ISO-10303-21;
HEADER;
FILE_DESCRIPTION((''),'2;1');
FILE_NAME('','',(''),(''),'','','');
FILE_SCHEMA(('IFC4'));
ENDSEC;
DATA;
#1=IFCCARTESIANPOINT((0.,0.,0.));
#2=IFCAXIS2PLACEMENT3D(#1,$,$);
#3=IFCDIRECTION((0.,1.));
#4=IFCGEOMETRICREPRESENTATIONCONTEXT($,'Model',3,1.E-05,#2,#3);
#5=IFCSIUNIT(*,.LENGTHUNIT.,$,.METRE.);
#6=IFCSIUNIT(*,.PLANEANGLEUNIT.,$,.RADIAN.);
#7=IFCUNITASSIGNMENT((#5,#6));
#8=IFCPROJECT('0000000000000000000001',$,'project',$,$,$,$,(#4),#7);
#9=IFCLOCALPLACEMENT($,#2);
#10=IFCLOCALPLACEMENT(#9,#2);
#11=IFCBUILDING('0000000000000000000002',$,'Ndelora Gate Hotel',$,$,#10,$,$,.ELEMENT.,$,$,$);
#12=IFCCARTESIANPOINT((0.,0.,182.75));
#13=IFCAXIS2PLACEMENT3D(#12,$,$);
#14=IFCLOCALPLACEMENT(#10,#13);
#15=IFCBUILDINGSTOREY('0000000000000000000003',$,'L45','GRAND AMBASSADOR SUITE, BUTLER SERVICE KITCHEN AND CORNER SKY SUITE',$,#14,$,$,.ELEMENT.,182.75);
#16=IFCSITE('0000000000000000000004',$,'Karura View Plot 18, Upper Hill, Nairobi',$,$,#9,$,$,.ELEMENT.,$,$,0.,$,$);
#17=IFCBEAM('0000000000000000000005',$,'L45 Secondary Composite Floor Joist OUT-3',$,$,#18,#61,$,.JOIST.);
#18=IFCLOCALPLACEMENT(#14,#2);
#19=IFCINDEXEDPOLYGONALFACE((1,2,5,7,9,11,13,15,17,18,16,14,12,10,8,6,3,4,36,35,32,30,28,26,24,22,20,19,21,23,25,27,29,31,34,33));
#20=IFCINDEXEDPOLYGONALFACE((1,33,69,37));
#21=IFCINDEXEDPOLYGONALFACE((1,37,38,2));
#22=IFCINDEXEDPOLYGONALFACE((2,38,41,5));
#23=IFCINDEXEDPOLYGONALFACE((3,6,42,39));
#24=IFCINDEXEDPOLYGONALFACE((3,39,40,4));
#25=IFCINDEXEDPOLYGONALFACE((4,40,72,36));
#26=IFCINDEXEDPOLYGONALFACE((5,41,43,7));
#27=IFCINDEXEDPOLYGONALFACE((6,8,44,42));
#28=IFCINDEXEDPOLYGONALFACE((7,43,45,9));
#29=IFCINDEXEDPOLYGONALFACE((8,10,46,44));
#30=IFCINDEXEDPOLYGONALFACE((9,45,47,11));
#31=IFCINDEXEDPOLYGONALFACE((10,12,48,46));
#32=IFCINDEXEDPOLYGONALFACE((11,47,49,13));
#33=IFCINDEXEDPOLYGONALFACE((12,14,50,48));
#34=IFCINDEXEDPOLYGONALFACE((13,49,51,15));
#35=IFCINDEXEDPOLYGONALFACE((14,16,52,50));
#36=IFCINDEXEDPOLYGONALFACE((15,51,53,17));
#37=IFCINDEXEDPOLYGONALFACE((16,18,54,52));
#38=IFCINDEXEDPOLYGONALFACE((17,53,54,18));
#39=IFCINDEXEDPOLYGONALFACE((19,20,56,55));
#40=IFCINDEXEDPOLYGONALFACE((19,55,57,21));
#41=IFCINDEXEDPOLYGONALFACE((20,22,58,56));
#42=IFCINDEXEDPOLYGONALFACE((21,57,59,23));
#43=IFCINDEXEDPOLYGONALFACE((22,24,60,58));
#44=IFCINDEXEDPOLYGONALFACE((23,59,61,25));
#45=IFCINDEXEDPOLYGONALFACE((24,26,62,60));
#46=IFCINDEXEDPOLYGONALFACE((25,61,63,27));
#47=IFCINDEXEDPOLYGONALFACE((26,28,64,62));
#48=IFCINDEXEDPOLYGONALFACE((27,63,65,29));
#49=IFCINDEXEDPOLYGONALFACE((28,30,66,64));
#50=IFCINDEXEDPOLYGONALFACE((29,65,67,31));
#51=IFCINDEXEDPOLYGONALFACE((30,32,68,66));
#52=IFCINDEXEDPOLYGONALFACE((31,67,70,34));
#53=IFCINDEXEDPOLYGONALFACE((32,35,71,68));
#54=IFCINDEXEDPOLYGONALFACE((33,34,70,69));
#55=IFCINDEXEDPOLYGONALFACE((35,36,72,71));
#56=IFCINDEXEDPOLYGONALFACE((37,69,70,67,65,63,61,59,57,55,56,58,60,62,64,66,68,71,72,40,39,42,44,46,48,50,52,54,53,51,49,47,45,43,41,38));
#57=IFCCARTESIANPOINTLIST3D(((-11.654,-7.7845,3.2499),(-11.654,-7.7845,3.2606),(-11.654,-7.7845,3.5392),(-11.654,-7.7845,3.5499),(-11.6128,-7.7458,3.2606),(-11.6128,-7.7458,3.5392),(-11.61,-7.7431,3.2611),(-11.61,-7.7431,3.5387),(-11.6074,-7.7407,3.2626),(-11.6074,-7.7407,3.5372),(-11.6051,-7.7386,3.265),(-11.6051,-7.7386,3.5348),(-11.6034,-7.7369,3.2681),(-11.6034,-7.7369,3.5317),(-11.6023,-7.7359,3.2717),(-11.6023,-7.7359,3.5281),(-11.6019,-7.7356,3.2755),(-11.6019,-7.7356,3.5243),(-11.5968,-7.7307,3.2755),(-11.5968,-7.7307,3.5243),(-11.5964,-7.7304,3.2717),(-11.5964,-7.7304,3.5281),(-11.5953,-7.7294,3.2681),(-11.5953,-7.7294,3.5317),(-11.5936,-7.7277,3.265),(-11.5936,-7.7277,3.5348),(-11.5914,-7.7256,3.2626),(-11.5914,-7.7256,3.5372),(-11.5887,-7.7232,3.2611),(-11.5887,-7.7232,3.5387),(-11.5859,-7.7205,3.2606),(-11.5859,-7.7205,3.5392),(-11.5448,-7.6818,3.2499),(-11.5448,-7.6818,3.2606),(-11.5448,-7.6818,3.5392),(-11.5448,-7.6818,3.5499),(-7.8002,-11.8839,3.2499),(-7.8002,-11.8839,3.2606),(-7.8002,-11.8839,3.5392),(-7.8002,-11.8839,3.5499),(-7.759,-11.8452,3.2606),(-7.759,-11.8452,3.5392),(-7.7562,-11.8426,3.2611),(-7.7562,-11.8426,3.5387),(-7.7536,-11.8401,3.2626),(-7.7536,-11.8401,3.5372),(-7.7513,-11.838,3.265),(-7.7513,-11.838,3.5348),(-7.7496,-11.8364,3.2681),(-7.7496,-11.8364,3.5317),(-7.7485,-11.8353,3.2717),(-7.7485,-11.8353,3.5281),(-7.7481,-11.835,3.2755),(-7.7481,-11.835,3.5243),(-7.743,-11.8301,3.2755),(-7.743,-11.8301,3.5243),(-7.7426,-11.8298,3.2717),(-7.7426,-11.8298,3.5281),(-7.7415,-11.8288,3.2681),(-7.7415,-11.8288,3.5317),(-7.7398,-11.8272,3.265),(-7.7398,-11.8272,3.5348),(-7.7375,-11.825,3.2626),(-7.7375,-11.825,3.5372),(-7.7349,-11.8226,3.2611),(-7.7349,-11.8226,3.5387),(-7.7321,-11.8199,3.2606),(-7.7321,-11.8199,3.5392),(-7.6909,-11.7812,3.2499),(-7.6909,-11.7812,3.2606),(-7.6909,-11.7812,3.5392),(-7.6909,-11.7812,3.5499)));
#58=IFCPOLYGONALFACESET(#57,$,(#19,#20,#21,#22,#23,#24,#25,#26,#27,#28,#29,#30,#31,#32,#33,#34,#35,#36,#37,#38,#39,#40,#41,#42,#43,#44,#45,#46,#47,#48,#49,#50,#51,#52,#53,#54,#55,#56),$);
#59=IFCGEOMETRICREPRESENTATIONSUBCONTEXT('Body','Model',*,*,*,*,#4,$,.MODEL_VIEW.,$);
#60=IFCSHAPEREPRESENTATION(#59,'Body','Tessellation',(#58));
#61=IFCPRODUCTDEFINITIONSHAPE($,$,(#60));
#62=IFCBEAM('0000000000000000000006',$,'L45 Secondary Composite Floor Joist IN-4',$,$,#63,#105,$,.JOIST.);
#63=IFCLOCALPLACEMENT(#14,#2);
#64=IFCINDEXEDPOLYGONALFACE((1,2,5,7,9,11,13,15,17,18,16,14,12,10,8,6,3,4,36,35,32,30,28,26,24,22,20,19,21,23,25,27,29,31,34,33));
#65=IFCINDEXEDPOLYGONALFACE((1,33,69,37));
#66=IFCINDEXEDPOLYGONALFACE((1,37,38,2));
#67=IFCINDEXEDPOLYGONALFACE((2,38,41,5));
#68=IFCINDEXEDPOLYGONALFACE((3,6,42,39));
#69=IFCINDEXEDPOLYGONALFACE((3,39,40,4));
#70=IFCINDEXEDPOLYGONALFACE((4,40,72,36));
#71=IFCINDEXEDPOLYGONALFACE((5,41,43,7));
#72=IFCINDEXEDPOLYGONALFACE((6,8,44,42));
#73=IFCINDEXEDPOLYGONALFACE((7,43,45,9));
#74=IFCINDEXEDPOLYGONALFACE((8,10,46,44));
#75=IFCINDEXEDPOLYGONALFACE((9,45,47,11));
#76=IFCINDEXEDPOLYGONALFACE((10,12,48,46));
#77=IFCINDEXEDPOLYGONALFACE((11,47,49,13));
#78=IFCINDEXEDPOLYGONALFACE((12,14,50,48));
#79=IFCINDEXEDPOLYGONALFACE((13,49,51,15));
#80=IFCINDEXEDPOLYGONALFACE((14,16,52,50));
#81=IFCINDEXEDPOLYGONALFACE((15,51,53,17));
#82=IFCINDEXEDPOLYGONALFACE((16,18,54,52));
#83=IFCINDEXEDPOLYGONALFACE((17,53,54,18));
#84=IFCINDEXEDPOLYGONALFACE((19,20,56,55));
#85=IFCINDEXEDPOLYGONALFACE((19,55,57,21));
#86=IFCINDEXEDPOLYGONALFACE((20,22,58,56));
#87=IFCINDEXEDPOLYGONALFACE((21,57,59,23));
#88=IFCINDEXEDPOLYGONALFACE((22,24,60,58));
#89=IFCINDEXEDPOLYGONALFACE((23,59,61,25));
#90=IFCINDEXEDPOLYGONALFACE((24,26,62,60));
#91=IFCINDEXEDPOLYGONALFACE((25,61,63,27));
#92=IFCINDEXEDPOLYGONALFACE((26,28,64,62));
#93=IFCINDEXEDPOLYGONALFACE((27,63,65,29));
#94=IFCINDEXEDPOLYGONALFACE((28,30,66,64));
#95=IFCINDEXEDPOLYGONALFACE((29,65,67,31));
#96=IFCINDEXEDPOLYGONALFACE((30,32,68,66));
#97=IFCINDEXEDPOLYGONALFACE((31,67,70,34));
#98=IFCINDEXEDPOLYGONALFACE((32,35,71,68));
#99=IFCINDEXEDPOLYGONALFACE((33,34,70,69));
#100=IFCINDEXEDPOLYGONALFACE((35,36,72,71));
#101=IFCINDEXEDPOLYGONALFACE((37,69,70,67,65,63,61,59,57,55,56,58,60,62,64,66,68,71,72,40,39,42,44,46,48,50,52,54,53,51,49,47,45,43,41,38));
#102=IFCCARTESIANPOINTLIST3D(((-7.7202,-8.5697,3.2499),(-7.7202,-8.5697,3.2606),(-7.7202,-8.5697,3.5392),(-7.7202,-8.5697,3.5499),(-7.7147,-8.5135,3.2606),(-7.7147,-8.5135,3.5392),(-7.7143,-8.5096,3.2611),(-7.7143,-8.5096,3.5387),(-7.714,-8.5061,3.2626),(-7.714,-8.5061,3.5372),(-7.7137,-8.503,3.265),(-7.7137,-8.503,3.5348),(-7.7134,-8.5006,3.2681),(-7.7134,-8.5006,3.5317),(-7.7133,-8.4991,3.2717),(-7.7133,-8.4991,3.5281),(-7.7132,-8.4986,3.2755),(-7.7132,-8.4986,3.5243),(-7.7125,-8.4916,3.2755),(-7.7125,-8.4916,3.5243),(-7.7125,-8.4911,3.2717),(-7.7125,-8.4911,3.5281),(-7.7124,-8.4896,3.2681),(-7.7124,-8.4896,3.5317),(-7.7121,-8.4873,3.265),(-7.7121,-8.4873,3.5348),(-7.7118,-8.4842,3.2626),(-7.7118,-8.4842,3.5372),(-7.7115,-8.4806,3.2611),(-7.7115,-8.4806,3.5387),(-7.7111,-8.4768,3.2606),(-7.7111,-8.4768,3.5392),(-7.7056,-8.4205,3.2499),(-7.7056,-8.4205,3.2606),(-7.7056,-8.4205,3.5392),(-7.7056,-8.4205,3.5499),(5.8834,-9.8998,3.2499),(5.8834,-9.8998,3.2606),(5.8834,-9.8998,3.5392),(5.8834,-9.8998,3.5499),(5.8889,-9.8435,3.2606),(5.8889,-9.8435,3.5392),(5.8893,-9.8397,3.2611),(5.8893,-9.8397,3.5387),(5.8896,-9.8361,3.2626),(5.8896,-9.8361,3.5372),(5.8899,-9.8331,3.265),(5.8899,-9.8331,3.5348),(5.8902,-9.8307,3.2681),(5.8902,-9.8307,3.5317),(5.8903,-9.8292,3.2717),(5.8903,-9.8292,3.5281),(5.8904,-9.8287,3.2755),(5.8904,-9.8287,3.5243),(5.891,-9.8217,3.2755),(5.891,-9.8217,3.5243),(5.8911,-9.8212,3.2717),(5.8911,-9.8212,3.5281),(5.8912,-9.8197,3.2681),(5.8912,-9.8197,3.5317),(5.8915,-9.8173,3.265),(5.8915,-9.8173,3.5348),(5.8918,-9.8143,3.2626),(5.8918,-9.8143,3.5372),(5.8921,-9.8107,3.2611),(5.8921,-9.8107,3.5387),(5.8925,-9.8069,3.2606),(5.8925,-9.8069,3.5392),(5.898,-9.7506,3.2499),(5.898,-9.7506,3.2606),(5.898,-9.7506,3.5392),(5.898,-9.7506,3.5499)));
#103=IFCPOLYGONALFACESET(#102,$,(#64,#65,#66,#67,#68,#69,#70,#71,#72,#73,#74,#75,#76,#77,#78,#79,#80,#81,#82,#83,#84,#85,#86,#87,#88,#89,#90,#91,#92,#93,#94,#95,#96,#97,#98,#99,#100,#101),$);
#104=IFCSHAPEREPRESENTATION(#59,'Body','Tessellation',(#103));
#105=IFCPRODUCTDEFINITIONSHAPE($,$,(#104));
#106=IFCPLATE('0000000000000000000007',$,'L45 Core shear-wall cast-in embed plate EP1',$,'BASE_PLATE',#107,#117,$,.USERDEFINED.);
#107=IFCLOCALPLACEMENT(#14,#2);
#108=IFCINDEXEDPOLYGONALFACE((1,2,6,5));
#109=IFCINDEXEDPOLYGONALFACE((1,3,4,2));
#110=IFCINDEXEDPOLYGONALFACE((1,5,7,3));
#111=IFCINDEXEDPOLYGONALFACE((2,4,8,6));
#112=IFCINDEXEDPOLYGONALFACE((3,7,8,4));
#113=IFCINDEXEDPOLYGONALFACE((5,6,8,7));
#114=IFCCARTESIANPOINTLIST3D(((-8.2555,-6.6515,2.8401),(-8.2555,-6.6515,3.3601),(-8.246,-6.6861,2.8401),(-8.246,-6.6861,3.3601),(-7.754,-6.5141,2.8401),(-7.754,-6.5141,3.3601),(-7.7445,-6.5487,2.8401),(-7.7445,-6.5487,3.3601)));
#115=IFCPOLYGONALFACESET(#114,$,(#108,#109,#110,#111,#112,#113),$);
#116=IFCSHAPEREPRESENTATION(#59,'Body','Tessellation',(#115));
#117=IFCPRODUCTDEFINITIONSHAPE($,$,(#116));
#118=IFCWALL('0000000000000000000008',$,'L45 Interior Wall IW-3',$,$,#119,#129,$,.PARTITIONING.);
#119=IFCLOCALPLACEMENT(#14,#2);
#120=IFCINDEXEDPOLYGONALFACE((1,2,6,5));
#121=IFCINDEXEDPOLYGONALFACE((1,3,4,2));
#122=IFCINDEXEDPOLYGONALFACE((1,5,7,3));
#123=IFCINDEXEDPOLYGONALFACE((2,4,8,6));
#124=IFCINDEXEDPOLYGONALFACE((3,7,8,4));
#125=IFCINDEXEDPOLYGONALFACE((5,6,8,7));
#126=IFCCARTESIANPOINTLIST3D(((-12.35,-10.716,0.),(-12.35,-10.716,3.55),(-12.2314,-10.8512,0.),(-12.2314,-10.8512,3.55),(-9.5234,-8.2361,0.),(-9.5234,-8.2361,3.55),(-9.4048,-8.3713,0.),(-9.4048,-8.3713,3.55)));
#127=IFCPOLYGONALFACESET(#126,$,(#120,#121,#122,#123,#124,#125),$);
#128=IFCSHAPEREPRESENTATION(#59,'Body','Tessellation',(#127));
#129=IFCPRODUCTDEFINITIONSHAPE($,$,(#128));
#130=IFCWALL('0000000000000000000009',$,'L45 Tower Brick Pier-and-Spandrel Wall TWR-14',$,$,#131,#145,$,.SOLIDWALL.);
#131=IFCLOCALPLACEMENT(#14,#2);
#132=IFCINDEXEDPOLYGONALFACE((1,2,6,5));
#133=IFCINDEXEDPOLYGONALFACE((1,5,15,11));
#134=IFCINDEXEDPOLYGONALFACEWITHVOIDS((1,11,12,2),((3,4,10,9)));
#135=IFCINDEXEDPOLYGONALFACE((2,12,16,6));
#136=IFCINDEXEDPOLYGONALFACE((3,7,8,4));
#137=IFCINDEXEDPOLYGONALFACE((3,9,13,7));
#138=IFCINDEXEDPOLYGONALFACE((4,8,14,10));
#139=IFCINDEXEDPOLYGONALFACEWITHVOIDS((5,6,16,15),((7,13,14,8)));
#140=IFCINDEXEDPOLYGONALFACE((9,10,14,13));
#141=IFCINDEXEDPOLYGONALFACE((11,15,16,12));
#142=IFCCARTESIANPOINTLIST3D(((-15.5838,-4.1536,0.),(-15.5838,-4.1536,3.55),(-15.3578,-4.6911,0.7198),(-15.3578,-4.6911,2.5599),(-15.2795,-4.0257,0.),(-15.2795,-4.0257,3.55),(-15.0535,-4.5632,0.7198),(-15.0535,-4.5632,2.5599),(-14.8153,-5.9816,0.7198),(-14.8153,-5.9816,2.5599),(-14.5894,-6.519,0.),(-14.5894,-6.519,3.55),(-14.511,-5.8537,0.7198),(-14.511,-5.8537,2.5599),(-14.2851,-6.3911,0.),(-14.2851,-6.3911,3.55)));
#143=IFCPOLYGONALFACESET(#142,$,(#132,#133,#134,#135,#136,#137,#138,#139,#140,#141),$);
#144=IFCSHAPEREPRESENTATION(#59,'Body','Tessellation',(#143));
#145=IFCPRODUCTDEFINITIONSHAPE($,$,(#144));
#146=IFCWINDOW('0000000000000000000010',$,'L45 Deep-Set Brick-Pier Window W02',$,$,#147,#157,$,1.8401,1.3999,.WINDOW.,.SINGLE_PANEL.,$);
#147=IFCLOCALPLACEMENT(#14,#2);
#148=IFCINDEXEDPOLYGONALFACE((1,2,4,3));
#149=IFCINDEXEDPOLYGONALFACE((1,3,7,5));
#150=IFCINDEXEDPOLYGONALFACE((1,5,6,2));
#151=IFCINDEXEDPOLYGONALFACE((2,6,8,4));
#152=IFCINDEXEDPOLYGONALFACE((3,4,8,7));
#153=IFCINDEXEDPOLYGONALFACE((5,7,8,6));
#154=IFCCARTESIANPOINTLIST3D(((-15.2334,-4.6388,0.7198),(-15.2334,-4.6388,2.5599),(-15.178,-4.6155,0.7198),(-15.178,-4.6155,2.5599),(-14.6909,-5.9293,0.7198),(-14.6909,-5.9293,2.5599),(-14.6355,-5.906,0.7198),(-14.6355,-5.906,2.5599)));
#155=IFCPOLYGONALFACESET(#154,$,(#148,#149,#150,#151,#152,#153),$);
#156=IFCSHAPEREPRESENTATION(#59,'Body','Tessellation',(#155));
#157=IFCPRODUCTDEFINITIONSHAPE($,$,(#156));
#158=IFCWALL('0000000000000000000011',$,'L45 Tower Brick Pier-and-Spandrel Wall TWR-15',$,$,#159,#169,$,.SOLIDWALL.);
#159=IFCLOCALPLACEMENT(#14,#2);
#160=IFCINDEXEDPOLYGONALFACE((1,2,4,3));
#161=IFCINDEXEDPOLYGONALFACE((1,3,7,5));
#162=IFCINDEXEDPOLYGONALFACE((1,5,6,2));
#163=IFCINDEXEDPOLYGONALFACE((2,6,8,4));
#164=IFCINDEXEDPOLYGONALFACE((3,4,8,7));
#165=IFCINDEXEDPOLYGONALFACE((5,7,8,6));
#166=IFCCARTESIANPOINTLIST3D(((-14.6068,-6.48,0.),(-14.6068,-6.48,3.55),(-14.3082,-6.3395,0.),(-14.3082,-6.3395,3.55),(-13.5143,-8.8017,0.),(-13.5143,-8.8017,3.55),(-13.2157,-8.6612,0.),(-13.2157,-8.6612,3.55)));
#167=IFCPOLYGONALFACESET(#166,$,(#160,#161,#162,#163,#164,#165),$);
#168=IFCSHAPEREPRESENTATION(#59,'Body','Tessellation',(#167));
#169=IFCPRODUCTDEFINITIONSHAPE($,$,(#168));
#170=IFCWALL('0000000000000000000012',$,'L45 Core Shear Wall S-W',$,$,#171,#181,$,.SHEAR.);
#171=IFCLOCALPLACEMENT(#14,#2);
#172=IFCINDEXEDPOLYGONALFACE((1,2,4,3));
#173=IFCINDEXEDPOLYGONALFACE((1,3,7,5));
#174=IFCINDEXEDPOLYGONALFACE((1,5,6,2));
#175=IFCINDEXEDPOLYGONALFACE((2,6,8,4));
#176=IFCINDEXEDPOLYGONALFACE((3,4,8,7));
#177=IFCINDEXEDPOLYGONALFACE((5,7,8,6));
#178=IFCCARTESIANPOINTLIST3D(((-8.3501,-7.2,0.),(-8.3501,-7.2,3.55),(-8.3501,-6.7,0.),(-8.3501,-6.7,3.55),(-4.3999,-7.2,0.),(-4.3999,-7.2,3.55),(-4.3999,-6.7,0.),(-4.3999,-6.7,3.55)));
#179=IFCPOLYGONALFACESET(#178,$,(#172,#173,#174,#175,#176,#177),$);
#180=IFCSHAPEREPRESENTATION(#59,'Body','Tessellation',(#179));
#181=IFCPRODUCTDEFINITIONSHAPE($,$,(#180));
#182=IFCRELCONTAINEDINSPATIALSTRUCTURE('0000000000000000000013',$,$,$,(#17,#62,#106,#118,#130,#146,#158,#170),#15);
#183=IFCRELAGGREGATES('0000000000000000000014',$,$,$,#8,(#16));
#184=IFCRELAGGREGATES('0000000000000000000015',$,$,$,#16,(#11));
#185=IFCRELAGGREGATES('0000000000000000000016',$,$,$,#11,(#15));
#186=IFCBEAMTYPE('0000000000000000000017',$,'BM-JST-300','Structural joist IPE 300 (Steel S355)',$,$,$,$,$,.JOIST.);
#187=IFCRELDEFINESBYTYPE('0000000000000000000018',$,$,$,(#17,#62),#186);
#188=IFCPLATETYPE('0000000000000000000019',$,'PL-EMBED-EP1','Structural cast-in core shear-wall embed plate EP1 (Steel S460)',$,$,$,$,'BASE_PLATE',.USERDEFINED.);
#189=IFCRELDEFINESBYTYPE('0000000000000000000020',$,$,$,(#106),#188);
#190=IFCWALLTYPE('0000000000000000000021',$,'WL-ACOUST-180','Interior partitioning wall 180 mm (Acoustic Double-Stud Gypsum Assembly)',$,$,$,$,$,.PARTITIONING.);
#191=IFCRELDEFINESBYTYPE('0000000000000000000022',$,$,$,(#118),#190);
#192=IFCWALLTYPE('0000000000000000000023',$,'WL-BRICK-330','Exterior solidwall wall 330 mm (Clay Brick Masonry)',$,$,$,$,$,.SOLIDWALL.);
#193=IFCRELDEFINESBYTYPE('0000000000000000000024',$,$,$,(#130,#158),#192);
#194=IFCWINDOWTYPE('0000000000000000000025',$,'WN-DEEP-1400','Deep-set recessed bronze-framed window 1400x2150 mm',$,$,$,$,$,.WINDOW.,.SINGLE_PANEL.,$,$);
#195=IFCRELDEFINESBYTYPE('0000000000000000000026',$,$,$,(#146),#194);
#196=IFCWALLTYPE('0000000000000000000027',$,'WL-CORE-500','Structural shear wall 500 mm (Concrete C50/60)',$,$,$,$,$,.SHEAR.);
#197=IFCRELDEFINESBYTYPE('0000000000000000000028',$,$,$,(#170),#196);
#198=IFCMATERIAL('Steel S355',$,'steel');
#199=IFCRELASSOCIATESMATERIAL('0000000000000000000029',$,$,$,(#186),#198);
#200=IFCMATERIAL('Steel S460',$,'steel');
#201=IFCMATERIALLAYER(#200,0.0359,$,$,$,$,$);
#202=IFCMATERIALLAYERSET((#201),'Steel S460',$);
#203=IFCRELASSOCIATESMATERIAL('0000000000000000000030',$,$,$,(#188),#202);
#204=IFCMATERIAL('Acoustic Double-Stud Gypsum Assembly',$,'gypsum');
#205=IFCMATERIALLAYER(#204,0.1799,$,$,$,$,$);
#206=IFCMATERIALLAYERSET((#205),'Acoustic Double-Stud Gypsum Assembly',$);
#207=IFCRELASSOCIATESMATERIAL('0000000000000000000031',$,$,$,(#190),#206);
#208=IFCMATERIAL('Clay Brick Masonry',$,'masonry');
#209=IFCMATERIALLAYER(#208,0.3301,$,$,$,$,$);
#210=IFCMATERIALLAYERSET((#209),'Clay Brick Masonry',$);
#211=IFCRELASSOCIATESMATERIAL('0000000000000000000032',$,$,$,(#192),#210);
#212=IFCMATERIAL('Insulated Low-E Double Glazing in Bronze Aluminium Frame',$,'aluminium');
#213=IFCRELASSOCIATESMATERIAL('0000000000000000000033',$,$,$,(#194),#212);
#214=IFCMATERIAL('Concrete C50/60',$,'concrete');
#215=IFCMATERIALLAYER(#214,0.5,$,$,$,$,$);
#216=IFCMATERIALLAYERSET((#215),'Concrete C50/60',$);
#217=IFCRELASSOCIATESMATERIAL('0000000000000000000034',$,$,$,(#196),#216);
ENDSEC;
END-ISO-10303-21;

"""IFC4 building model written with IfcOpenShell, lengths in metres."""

from ifc_helpers import new_model, si_unit, direction, frame, frame_2d, origin, origin_2d, place, context, subcontext, project, spatial, rectangle, i_section, extrude, material, layer, layer_set, material_profile, profile_set, type_object, element, fill, save


model = new_model("IFC4")

# Units and contexts
model_context = context("Model", 3, precision=1e-05, world=origin(), true_north=direction((0.0, 1.0)))
body_context = subcontext(model_context, "Body", "Model", "MODEL_VIEW")
ifc_project = project(units=[si_unit("LENGTHUNIT", "METRE"), si_unit("PLANEANGLEUNIT", "RADIAN")], contexts=[model_context])

# Site, building, storey
site_placement = place(None, origin())
site = spatial("IfcSite", under=ifc_project, at=site_placement, Name="Karura View Plot 18, Upper Hill, Nairobi", CompositionType="ELEMENT", RefElevation=0.0)
building_placement = place(site_placement, origin())
building = spatial("IfcBuilding", under=site, at=building_placement, Name="Ndelora Gate Hotel", CompositionType="ELEMENT")
storey_placement = place(building_placement, frame((0.0, 0.0, 182.75)))
storey = spatial("IfcBuildingStorey", under=building, at=storey_placement, Name="L45", Description="GRAND AMBASSADOR SUITE, BUTLER SERVICE KITCHEN AND CORNER SKY SUITE", CompositionType="ELEMENT", Elevation=182.75)

# Shared definitions
ifc_material_1 = material(Name="Concrete C50/60", Category="concrete")

# Beams
ifc_material_2 = material(Name="Steel S460", Category="steel")
ifc_material_3 = material(Name="Steel S355", Category="steel")
ifc_material_profile_1 = material_profile(ifc_material_3, i_section(OverallWidth=0.1499, OverallDepth=0.3, WebThickness=0.0071, FlangeThickness=0.0107, FilletRadius=0.0149, at=origin_2d()), Name="IPE 300")
ifc_profile_set_1 = profile_set([ifc_material_profile_1], Name="Steel S355")
beam_type_1 = type_object("IfcBeamType", Name="BM-JST-300", Description="Structural joist IPE 300 (Steel S355)", PredefinedType="JOIST", material=ifc_profile_set_1)
beam_1_placement = place(storey_placement, frame((-11.5994, -7.7332, 3.3999), z_axis=(0.684944, -0.728596, 0.0), x_axis=(0.728596, 0.684944, 0.0)))
element("IfcBeam", 1, at=beam_1_placement, inside=storey, type_object=beam_type_1, Name="L45 Secondary Composite Floor Joist OUT-3", PredefinedType="JOIST", context=body_context, shape_type="SweptSolid", body=[
    extrude(i_section(OverallWidth=0.1499, OverallDepth=0.3, WebThickness=0.0071, FlangeThickness=0.0107, FilletRadius=0.0149, at=origin_2d()), origin(), (0.0, 0.0, 1.0), 5.6265),
])
beam_2_placement = place(storey_placement, frame((-7.7129, -8.4951, 3.3999), z_axis=(0.995254, -0.097311, 0.0), x_axis=(0.097311, 0.995254, 0.0)))
element("IfcBeam", 2, at=beam_2_placement, inside=storey, type_object=beam_type_1, Name="L45 Secondary Composite Floor Joist IN-4", PredefinedType="JOIST", context=body_context, shape_type="SweptSolid", body=[
    extrude(i_section(OverallWidth=0.1499, OverallDepth=0.3, WebThickness=0.0071, FlangeThickness=0.0107, FilletRadius=0.0149, at=origin_2d()), origin(), (0.0, 0.0, 1.0), 13.6685),
])

# Plate
ifc_layer_1 = layer(ifc_material_2, 0.0359)
ifc_layer_set_1 = layer_set([ifc_layer_1], Name="Steel S460")
plate_type = type_object("IfcPlateType", Name="PL-EMBED-EP1", Description="Structural cast-in core shear-wall embed plate EP1 (Steel S460)", ElementType="BASE_PLATE", PredefinedType="USERDEFINED", material=ifc_layer_set_1)
plate_placement = place(storey_placement, frame((-8.0, -6.6001, 2.8401), z_axis=(0.0, 0.0, 1.0), x_axis=(0.964419, 0.264378, 0.0)))
element("IfcPlate", 3, at=plate_placement, inside=storey, type_object=plate_type, Name="L45 Core shear-wall cast-in embed plate EP1", ObjectType="BASE_PLATE", PredefinedType="USERDEFINED", context=body_context, shape_type="SweptSolid", body=[
    extrude(rectangle(XDim=0.52, YDim=0.0359, at=origin_2d()), origin(), (0.0, 0.0, 1.0), 0.52),
])

# Wall
ifc_material_4 = material(Name="Acoustic Double-Stud Gypsum Assembly", Category="gypsum")
ifc_layer_2 = layer(ifc_material_4, 0.1799)
ifc_layer_set_2 = layer_set([ifc_layer_2], Name="Acoustic Double-Stud Gypsum Assembly")
wall_type_1 = type_object("IfcWallType", Name="WL-ACOUST-180", Description="Interior partitioning wall 180 mm (Acoustic Double-Stud Gypsum Assembly)", PredefinedType="PARTITIONING", material=ifc_layer_set_2)
wall_1_placement = place(storey_placement, frame((-9.4641, -8.3037, 0.0), z_axis=(0.0, 0.0, 1.0), x_axis=(-0.751699, -0.659506, 0.0)))
element("IfcWall", 4, at=wall_1_placement, inside=storey, type_object=wall_type_1, Name="L45 Interior Wall IW-3", PredefinedType="PARTITIONING", context=body_context, shape_type="SweptSolid", body=[
    extrude(rectangle(XDim=3.7603, YDim=0.1799, at=frame_2d((1.8801, 0.0))), origin(), (0.0, 0.0, 1.0), 3.55),
])

# Wall, opening, window
ifc_material_5 = material(Name="Clay Brick Masonry", Category="masonry")
ifc_layer_3 = layer(ifc_material_5, 0.3301)
ifc_layer_set_3 = layer_set([ifc_layer_3], Name="Clay Brick Masonry")
wall_type_2 = type_object("IfcWallType", Name="WL-BRICK-330", Description="Exterior solidwall wall 330 mm (Clay Brick Masonry)", PredefinedType="SOLIDWALL", material=ifc_layer_set_3)
wall_2_placement = place(storey_placement, frame((-14.4373, -6.4551, 0.0), z_axis=(0.0, 0.0, 1.0), x_axis=(-0.387525, 0.921859, 0.0)))
wall_2 = element("IfcWall", 5, at=wall_2_placement, inside=storey, type_object=wall_type_2, Name="L45 Tower Brick Pier-and-Spandrel Wall TWR-14", PredefinedType="SOLIDWALL", context=body_context, shape_type="SweptSolid", body=[
    extrude(rectangle(XDim=2.5659, YDim=0.3301, at=frame_2d((1.283, 0.0))), origin(), (0.0, 0.0, 1.0), 3.55),
])
opening_1_placement = place(wall_2_placement, frame((0.583, 0.0, 0.72)))
opening_1 = element("IfcOpeningElement", 6, at=opening_1_placement, cuts=wall_2, PredefinedType="OPENING", context=body_context, shape_type="SweptSolid", body=[
    extrude(rectangle(XDim=1.3999, YDim=1.8401, at=frame_2d((0.7, 0.9199))), frame((0.0, 0.175, 0.0), z_axis=(0.0, -1.0, 0.0), x_axis=(1.0, 0.0, 0.0)), (0.0, 0.0, 1.0), 0.3501),
])
ifc_material_6 = material(Name="Insulated Low-E Double Glazing in Bronze Aluminium Frame", Category="aluminium")
window_type = type_object("IfcWindowType", Name="WN-DEEP-1400", Description="Deep-set recessed bronze-framed window 1400x2150 mm", PartitioningType="SINGLE_PANEL", PredefinedType="WINDOW", material=ifc_material_6)
window_placement = place(opening_1_placement, origin())
window = element("IfcWindow", 7, at=window_placement, inside=storey, type_object=window_type, Name="L45 Deep-Set Brick-Pier Window W02", OverallHeight=1.8401, OverallWidth=1.3999, PartitioningType="SINGLE_PANEL", PredefinedType="WINDOW", context=body_context, shape_type="SweptSolid", body=[
    extrude(rectangle(XDim=1.3999, YDim=1.8401, at=frame_2d((0.7, 0.9199))), frame((0.0, 0.03, 0.0), z_axis=(0.0, -1.0, 0.0), x_axis=(1.0, 0.0, 0.0)), (0.0, 0.0, 1.0), 0.0601),
])
fill(opening_1, window)

# Walls
wall_3_placement = place(storey_placement, frame((-13.365, -8.7314, 0.0), z_axis=(0.0, 0.0, 1.0), x_axis=(-0.425774, 0.904829, 0.0)))
element("IfcWall", 8, at=wall_3_placement, inside=storey, type_object=wall_type_2, Name="L45 Tower Brick Pier-and-Spandrel Wall TWR-15", PredefinedType="SOLIDWALL", context=body_context, shape_type="SweptSolid", body=[
    extrude(rectangle(XDim=2.5659, YDim=0.3301, at=frame_2d((1.283, 0.0))), origin(), (0.0, 0.0, 1.0), 3.55),
])
ifc_layer_4 = layer(ifc_material_1, 0.5)
ifc_layer_set_4 = layer_set([ifc_layer_4], Name="Concrete C50/60")
wall_type_3 = type_object("IfcWallType", Name="WL-CORE-500", Description="Structural shear wall 500 mm (Concrete C50/60)", PredefinedType="SHEAR", material=ifc_layer_set_4)
wall_4_placement = place(storey_placement, frame((-8.3501, -6.95, 0.0), z_axis=(0.0, 0.0, 1.0), x_axis=(1.0, 0.0, 0.0)))
element("IfcWall", 9, at=wall_4_placement, inside=storey, type_object=wall_type_3, Name="L45 Core Shear Wall S-W", PredefinedType="SHEAR", context=body_context, shape_type="SweptSolid", body=[
    extrude(rectangle(XDim=3.9502, YDim=0.5, at=frame_2d((1.9751, 0.0))), origin(), (0.0, 0.0, 1.0), 3.55),
])

save(model, "model.ifc")
